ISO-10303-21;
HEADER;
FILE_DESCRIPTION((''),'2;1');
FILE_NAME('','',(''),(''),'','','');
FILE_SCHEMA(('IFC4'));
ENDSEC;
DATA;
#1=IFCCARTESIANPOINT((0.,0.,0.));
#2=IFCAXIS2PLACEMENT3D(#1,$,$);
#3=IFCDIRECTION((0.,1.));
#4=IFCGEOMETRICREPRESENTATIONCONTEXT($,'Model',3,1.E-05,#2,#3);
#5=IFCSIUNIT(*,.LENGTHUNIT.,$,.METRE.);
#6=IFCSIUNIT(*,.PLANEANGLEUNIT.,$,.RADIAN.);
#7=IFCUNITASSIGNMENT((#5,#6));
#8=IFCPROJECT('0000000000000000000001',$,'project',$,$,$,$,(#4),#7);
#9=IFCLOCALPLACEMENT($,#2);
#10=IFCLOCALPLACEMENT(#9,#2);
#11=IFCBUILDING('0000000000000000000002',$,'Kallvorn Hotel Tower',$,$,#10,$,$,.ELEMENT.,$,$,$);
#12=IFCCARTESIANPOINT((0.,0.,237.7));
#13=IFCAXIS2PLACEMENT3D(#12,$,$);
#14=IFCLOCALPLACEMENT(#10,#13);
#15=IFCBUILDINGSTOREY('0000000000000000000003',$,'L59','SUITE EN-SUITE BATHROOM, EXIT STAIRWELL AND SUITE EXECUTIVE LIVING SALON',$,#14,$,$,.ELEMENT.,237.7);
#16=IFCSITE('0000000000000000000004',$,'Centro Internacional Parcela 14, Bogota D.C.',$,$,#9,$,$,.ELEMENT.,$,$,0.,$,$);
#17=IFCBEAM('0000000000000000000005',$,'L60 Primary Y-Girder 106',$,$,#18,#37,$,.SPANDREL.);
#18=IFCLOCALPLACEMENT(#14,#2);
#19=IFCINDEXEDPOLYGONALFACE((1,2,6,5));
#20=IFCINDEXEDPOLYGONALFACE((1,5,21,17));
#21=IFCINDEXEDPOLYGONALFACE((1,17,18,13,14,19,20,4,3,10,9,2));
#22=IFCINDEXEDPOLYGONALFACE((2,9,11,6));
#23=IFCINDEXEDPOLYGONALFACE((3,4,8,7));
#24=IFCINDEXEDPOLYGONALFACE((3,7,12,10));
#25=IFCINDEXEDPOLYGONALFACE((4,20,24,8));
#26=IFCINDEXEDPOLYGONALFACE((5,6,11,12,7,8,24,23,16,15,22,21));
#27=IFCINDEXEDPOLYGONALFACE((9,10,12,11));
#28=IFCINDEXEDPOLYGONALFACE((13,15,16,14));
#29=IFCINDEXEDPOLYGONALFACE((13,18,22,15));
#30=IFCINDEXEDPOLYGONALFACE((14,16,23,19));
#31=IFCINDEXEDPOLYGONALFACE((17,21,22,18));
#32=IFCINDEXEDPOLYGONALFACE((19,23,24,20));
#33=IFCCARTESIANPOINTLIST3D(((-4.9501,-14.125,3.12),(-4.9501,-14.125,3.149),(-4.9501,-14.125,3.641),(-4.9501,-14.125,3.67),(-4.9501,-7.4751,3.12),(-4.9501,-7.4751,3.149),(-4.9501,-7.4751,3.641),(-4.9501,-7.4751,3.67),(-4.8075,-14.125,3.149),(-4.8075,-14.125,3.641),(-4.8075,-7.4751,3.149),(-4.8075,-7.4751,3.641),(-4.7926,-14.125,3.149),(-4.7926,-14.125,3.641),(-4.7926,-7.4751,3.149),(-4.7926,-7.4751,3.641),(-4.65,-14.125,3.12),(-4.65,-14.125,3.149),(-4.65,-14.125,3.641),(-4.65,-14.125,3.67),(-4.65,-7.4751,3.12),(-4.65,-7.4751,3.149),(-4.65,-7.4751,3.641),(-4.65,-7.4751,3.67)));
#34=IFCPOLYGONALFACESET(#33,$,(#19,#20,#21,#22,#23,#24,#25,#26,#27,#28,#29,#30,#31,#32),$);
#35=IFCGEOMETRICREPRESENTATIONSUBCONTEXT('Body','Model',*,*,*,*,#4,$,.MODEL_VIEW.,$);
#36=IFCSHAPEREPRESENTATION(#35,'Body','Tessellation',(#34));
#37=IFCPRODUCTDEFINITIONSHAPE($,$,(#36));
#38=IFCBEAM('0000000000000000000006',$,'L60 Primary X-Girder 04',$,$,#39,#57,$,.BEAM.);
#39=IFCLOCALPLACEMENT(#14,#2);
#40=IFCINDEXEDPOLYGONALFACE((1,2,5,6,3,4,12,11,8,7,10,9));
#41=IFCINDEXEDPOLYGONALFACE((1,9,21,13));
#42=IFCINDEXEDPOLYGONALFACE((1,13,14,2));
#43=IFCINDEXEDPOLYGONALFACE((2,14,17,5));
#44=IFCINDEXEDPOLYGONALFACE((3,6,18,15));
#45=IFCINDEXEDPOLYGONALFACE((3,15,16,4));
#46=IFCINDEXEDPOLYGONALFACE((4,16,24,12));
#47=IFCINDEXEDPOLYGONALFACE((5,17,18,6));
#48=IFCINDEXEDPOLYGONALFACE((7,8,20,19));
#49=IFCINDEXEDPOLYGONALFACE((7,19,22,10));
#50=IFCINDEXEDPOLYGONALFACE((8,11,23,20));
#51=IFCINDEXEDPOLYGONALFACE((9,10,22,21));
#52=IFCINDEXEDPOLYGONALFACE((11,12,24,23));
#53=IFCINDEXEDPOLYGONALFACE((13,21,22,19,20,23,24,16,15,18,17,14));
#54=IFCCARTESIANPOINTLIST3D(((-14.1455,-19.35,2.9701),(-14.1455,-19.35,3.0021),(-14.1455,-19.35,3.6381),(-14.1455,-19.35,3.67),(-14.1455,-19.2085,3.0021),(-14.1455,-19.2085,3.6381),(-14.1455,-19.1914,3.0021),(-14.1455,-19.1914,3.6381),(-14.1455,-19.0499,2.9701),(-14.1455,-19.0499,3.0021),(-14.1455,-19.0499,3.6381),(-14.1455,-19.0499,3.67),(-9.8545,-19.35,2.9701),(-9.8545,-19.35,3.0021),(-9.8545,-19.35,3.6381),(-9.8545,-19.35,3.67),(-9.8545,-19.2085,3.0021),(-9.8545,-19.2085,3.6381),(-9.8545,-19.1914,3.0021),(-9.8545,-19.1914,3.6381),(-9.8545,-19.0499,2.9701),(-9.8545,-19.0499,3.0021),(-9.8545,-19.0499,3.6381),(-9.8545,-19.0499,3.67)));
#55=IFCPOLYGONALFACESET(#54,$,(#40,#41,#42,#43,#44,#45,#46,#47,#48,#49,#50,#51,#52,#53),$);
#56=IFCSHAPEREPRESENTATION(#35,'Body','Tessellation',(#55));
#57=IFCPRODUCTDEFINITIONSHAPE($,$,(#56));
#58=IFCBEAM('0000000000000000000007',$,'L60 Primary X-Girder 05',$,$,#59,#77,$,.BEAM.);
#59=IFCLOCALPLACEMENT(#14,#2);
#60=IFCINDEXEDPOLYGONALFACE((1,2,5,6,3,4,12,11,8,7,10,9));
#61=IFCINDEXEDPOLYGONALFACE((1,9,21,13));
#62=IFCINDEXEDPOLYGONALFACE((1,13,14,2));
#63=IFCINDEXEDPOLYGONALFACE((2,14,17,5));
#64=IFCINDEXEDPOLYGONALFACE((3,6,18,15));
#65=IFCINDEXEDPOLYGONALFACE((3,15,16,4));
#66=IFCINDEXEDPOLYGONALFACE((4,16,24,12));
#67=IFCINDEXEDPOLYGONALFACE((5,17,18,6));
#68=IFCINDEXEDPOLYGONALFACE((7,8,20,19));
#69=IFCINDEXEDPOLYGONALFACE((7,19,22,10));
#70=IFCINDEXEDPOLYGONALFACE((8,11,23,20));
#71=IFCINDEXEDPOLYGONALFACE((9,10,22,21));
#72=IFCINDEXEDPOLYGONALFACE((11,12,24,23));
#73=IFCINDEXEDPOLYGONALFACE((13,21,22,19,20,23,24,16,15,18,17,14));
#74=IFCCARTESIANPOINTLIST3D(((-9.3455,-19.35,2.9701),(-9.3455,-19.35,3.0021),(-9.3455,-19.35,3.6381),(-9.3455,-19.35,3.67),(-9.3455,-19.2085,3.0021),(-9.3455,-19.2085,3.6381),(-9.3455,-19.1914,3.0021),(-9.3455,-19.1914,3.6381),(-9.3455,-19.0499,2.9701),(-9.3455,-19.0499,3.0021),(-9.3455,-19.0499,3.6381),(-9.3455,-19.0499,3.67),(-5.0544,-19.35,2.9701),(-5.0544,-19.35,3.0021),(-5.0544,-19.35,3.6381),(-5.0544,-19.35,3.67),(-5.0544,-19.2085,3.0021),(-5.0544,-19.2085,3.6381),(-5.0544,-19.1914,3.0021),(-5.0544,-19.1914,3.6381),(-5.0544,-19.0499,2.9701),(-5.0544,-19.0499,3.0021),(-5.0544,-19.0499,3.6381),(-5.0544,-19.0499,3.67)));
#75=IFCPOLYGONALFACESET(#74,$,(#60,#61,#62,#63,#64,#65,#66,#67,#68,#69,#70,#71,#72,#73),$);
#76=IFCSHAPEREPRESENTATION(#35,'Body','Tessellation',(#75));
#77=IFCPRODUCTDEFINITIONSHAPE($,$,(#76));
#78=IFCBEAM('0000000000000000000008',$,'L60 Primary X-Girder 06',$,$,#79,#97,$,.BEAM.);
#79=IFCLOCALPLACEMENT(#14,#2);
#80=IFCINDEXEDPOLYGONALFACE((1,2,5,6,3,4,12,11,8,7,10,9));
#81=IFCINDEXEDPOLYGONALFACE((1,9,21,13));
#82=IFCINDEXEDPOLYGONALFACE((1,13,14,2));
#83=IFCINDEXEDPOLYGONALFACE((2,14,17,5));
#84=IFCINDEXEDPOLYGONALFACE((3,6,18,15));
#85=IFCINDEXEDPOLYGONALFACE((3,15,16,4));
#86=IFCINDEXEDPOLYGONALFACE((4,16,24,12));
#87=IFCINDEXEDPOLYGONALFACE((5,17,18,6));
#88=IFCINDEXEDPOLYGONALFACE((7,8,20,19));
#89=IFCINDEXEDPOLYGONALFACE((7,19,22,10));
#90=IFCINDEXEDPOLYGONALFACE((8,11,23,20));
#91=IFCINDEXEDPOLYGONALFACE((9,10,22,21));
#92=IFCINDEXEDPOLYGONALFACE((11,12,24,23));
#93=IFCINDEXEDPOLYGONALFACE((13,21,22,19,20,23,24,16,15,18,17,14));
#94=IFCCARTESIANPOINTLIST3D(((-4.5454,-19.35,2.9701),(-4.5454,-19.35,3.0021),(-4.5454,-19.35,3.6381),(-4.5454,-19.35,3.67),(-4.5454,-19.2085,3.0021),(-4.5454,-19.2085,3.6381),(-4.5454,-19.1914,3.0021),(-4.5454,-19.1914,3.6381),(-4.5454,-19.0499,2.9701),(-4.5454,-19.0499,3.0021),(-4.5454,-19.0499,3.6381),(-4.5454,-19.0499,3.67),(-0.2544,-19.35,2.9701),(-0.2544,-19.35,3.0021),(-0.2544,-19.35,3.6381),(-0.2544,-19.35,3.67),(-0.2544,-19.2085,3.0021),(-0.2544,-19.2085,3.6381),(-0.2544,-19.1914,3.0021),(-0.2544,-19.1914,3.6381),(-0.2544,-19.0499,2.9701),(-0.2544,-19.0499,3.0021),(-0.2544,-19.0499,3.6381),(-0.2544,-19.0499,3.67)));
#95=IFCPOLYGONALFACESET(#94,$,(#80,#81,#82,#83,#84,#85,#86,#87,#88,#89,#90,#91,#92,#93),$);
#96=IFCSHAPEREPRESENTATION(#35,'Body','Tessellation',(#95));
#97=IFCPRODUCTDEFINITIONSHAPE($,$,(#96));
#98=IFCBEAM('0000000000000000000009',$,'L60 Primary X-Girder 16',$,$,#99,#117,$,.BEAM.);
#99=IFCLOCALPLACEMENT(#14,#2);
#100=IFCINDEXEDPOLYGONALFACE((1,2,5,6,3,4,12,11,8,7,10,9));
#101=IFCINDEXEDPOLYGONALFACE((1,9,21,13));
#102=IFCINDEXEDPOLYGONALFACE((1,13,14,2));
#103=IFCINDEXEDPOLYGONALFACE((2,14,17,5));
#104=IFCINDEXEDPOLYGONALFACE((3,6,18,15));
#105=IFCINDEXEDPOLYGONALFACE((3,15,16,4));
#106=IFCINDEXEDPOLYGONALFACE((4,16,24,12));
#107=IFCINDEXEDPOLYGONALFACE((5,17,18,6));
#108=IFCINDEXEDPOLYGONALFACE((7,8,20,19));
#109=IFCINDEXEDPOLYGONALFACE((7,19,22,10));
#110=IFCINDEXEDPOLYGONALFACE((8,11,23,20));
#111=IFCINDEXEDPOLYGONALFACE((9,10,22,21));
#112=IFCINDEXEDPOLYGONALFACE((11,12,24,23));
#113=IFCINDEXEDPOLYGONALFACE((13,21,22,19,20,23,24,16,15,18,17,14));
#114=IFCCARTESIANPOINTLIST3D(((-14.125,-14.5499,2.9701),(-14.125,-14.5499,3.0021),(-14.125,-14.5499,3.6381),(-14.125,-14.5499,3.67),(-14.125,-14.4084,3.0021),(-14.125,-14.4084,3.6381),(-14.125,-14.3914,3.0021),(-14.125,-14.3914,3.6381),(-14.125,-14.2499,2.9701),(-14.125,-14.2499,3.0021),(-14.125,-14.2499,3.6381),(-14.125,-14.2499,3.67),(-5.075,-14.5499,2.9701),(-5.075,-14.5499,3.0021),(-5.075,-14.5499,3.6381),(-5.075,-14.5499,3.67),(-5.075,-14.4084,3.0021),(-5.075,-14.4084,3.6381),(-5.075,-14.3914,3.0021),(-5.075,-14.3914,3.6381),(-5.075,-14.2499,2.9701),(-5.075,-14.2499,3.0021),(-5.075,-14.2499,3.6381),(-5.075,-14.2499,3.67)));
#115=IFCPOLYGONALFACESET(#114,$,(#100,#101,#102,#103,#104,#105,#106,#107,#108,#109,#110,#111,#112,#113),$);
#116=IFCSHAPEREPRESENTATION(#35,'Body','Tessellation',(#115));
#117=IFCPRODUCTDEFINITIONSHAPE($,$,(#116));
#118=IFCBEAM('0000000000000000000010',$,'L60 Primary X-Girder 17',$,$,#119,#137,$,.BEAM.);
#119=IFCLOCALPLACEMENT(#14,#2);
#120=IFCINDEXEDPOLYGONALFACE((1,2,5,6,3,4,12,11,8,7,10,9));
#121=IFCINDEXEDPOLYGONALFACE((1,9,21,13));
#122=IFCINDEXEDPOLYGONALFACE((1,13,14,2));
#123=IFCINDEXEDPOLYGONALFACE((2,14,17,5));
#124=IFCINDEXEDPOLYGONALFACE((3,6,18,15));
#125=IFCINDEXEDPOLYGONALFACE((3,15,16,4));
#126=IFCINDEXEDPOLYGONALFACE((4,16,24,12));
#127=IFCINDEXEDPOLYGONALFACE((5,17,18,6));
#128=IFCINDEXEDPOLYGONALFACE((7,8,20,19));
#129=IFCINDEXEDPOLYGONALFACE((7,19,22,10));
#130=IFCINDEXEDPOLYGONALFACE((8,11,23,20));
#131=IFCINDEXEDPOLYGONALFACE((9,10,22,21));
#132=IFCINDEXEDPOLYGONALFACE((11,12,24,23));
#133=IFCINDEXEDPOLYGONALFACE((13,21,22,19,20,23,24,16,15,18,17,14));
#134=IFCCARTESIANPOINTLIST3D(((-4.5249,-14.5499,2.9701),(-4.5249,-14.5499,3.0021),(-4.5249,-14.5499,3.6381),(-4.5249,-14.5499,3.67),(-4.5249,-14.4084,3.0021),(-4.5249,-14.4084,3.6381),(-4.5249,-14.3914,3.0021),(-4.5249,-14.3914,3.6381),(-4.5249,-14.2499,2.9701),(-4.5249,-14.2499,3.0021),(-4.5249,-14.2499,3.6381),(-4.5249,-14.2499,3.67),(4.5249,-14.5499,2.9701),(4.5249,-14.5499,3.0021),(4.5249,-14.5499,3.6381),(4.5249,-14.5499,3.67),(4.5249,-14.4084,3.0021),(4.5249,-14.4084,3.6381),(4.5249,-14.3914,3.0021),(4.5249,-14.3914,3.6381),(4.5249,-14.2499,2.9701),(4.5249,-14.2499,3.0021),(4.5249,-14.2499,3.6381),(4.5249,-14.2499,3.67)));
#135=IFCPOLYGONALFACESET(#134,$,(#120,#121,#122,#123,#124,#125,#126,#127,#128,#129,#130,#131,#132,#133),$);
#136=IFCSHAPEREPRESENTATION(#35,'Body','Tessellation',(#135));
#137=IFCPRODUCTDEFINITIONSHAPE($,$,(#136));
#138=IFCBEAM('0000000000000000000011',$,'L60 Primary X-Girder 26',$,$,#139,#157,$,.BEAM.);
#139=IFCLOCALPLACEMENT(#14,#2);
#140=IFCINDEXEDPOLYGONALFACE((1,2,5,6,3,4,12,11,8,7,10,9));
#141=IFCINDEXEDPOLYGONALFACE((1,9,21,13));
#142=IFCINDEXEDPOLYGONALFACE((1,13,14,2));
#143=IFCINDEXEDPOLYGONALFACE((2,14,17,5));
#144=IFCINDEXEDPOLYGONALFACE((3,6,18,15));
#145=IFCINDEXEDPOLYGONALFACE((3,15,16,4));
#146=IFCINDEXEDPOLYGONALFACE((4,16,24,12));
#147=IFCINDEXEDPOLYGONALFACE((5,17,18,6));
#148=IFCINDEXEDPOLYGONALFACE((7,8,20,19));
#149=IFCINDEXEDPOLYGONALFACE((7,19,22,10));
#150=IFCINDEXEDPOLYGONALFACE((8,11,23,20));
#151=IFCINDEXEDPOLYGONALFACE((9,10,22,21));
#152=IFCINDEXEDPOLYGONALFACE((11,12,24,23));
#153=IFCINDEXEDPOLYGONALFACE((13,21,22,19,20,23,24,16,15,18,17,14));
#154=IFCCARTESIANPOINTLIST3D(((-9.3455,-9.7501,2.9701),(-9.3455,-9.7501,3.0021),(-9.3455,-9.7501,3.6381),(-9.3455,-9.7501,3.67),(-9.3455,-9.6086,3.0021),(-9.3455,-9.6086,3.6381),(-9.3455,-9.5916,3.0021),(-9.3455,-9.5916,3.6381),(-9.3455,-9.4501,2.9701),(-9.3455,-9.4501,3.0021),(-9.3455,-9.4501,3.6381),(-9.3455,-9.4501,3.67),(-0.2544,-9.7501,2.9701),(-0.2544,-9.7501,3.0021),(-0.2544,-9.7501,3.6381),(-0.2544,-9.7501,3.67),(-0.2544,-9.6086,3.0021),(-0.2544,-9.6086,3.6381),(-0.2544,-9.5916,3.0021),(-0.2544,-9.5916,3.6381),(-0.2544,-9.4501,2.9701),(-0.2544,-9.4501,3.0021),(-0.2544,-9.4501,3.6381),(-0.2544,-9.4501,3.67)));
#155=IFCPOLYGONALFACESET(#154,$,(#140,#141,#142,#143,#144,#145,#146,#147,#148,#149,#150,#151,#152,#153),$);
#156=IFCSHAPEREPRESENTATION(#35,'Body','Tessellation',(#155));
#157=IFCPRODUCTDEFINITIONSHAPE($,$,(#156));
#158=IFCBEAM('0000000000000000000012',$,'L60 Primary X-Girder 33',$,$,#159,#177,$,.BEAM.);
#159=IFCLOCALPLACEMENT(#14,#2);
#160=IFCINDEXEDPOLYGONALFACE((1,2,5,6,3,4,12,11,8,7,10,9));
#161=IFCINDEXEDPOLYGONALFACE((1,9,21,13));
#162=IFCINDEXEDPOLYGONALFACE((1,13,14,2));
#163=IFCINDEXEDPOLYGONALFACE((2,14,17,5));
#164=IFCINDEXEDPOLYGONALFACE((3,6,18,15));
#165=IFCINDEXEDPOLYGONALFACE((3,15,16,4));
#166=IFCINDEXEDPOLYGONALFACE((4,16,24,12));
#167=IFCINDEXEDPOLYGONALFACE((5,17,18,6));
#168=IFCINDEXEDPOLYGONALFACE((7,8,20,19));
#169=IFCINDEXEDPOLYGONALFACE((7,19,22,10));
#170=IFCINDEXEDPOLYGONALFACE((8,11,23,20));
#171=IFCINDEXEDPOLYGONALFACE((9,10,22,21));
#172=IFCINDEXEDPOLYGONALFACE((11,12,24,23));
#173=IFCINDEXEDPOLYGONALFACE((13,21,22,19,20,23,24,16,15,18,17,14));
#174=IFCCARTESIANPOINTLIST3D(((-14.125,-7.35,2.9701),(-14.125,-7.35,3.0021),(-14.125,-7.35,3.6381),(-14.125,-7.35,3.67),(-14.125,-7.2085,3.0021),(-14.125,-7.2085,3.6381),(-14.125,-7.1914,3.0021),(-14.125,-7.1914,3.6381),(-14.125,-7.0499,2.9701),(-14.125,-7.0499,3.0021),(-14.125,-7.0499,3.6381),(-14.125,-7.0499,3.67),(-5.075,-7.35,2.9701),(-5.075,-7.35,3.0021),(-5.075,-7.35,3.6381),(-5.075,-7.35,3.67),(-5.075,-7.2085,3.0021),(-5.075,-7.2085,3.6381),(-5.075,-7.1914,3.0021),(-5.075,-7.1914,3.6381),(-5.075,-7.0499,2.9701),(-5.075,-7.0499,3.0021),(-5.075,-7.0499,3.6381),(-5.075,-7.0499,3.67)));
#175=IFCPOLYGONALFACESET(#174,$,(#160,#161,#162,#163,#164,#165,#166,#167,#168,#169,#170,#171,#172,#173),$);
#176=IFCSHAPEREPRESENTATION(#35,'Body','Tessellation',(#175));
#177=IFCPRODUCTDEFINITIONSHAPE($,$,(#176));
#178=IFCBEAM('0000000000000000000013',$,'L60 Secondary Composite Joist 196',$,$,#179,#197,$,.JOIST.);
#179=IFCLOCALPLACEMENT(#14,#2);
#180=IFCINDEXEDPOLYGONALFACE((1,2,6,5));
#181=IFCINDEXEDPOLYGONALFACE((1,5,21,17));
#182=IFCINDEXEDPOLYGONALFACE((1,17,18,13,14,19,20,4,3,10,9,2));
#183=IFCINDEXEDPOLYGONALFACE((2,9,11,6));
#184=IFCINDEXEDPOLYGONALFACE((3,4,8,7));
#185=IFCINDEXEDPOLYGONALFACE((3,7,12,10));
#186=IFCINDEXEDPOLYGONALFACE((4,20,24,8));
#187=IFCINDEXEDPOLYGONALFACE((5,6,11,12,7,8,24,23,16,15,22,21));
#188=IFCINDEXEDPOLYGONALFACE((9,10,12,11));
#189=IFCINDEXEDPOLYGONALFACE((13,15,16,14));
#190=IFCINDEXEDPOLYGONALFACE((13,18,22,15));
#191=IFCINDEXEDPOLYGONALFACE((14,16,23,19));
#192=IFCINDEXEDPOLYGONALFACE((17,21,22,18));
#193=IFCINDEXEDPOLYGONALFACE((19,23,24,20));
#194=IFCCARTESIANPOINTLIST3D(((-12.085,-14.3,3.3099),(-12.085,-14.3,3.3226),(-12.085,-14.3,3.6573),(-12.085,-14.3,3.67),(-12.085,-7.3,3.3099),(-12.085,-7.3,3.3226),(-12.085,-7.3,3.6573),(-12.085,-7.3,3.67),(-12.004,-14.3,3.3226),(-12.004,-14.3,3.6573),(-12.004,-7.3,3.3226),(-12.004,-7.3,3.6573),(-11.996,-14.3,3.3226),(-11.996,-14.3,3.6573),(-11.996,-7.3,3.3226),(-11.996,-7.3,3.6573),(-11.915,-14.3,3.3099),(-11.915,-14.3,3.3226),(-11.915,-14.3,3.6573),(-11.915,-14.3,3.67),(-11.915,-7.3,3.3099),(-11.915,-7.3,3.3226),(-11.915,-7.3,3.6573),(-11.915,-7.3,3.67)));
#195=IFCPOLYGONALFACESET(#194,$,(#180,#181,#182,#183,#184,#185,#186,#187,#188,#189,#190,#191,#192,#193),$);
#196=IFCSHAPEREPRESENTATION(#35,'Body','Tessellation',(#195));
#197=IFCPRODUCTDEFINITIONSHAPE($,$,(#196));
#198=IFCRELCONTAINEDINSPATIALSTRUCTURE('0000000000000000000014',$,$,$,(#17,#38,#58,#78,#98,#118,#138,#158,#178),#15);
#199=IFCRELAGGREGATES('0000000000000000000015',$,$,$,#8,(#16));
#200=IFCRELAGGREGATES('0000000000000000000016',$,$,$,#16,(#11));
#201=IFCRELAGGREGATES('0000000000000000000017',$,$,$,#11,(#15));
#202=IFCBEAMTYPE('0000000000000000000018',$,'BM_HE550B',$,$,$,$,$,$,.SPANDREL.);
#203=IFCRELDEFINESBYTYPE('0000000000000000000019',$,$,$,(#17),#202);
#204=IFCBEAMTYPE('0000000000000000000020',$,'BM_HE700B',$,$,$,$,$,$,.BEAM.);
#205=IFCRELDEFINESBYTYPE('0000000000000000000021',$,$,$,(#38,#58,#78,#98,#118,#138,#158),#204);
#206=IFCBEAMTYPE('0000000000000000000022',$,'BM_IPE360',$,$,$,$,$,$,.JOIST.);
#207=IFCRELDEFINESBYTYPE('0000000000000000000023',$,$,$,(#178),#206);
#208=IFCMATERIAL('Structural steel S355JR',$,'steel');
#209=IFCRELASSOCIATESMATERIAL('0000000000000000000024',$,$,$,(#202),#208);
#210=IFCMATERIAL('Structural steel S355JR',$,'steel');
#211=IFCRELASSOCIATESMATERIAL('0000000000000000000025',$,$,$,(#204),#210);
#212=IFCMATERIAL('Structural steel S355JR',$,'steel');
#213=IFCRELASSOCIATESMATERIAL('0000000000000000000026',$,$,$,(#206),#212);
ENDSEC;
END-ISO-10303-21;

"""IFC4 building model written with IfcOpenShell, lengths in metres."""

from ifc_helpers import new_model, si_unit, direction, frame, origin, origin_2d, place, context, subcontext, project, spatial, i_section, extrude, material, material_profile, profile_set, type_object, element, save


model = new_model("IFC4")

# Units and contexts
model_context = context("Model", 3, precision=1e-05, world=origin(), true_north=direction((0.0, 1.0)))
body_context = subcontext(model_context, "Body", "Model", "MODEL_VIEW")
ifc_project = project(units=[si_unit("LENGTHUNIT", "METRE"), si_unit("PLANEANGLEUNIT", "RADIAN")], contexts=[model_context])

# Site, building, storey
site_placement = place(None, origin())
site = spatial("IfcSite", under=ifc_project, at=site_placement, Name="Centro Internacional Parcela 14, Bogota D.C.", CompositionType="ELEMENT", RefElevation=0.0)
building_placement = place(site_placement, origin())
building = spatial("IfcBuilding", under=site, at=building_placement, Name="Kallvorn Hotel Tower", CompositionType="ELEMENT")
storey_placement = place(building_placement, frame((0.0, 0.0, 237.7)))
storey = spatial("IfcBuildingStorey", under=building, at=storey_placement, Name="L59", Description="SUITE EN-SUITE BATHROOM, EXIT STAIRWELL AND SUITE EXECUTIVE LIVING SALON", CompositionType="ELEMENT", Elevation=237.7)

# Beams
ifc_material_1 = material(Name="Structural steel S355JR", Category="steel")
ifc_material_profile_1 = material_profile(ifc_material_1, i_section(OverallWidth=0.3, OverallDepth=0.55, WebThickness=0.0149, FlangeThickness=0.0291, at=origin_2d()), Name="HE 550 B")
ifc_profile_set_1 = profile_set([ifc_material_profile_1], Name="Structural steel S355JR")
beam_type_1 = type_object("IfcBeamType", Name="BM_HE550B", PredefinedType="SPANDREL", material=ifc_profile_set_1)
beam_1_placement = place(storey_placement, frame((-4.8, -14.125, 3.395), z_axis=(0.0, 1.0, 0.0), x_axis=(-1.0, 0.0, 0.0)))
element("IfcBeam", 1, at=beam_1_placement, inside=storey, type_object=beam_type_1, Name="L60 Primary Y-Girder 106", PredefinedType="SPANDREL", context=body_context, shape_type="SweptSolid", body=[
    extrude(i_section(OverallWidth=0.3, OverallDepth=0.55, WebThickness=0.0149, FlangeThickness=0.0291, at=origin_2d()), origin(), (0.0, 0.0, 1.0), 6.6499),
])
ifc_material_2 = material(Name="Structural steel S355JR", Category="steel")
ifc_material_profile_2 = material_profile(ifc_material_2, i_section(OverallWidth=0.3, OverallDepth=0.7, WebThickness=0.0171, FlangeThickness=0.032, at=origin_2d()), Name="HE 700 B")
ifc_profile_set_2 = profile_set([ifc_material_profile_2], Name="Structural steel S355JR")
beam_type_2 = type_object("IfcBeamType", Name="BM_HE700B", PredefinedType="BEAM", material=ifc_profile_set_2)
for number, where, z_axis, x_axis, name in (
    (2, (-14.1455, -19.2, 3.3201), (1.0, 0.0, 0.0), (0.0, 1.0, 0.0), "L60 Primary X-Girder 04"),
    (3, (-9.3455, -19.2, 3.3201), (1.0, 0.0, 0.0), (0.0, 1.0, 0.0), "L60 Primary X-Girder 05"),
    (4, (-4.5454, -19.2, 3.3201), (1.0, 0.0, 0.0), (0.0, 1.0, 0.0), "L60 Primary X-Girder 06"),
):
    element("IfcBeam", number, at=place(storey_placement, frame(where, z_axis=z_axis, x_axis=x_axis)), inside=storey, type_object=beam_type_2, Name=name, PredefinedType="BEAM", context=body_context, shape_type="SweptSolid", body=[
        extrude(i_section(OverallWidth=0.3, OverallDepth=0.7, WebThickness=0.0171, FlangeThickness=0.032, at=origin_2d()), origin(), (0.0, 0.0, 1.0), 4.291),
    ])
beam_2_placement = place(storey_placement, frame((-14.125, -14.3999, 3.3201), z_axis=(1.0, 0.0, 0.0), x_axis=(0.0, 1.0, 0.0)))
element("IfcBeam", 5, at=beam_2_placement, inside=storey, type_object=beam_type_2, Name="L60 Primary X-Girder 16", PredefinedType="BEAM", context=body_context, shape_type="SweptSolid", body=[
    extrude(i_section(OverallWidth=0.3, OverallDepth=0.7, WebThickness=0.0171, FlangeThickness=0.032, at=origin_2d()), origin(), (0.0, 0.0, 1.0), 9.05),
])
beam_3_placement = place(storey_placement, frame((-4.5249, -14.3999, 3.3201), z_axis=(1.0, 0.0, 0.0), x_axis=(0.0, 1.0, 0.0)))
element("IfcBeam", 6, at=beam_3_placement, inside=storey, type_object=beam_type_2, Name="L60 Primary X-Girder 17", PredefinedType="BEAM", context=body_context, shape_type="SweptSolid", body=[
    extrude(i_section(OverallWidth=0.3, OverallDepth=0.7, WebThickness=0.0171, FlangeThickness=0.032, at=origin_2d()), origin(), (0.0, 0.0, 1.0), 9.0498),
])
beam_4_placement = place(storey_placement, frame((-9.3455, -9.6001, 3.3201), z_axis=(1.0, 0.0, 0.0), x_axis=(0.0, 1.0, 0.0)))
element("IfcBeam", 7, at=beam_4_placement, inside=storey, type_object=beam_type_2, Name="L60 Primary X-Girder 26", PredefinedType="BEAM", context=body_context, shape_type="SweptSolid", body=[
    extrude(i_section(OverallWidth=0.3, OverallDepth=0.7, WebThickness=0.0171, FlangeThickness=0.032, at=origin_2d()), origin(), (0.0, 0.0, 1.0), 9.0911),
])
beam_5_placement = place(storey_placement, frame((-14.125, -7.2, 3.3201), z_axis=(1.0, 0.0, 0.0), x_axis=(0.0, 1.0, 0.0)))
element("IfcBeam", 8, at=beam_5_placement, inside=storey, type_object=beam_type_2, Name="L60 Primary X-Girder 33", PredefinedType="BEAM", context=body_context, shape_type="SweptSolid", body=[
    extrude(i_section(OverallWidth=0.3, OverallDepth=0.7, WebThickness=0.0171, FlangeThickness=0.032, at=origin_2d()), origin(), (0.0, 0.0, 1.0), 9.05),
])
ifc_material_3 = material(Name="Structural steel S355JR", Category="steel")
ifc_material_profile_3 = material_profile(ifc_material_3, i_section(OverallWidth=0.1699, OverallDepth=0.3601, WebThickness=0.0081, FlangeThickness=0.0127, at=origin_2d()), Name="IPE 360")
ifc_profile_set_3 = profile_set([ifc_material_profile_3], Name="Structural steel S355JR")
beam_type_3 = type_object("IfcBeamType", Name="BM_IPE360", PredefinedType="JOIST", material=ifc_profile_set_3)
for number, where, z_axis, x_axis, name in (
    (9, (-12.0, -14.3, 3.49), (0.0, 1.0, 0.0), (-1.0, 0.0, 0.0), "L60 Secondary Composite Joist 196"),
):
    element("IfcBeam", number, at=place(storey_placement, frame(where, z_axis=z_axis, x_axis=x_axis)), inside=storey, type_object=beam_type_3, Name=name, PredefinedType="JOIST", context=body_context, shape_type="SweptSolid", body=[
        extrude(i_section(OverallWidth=0.1699, OverallDepth=0.3601, WebThickness=0.0081, FlangeThickness=0.0127, at=origin_2d()), origin(), (0.0, 0.0, 1.0), 7.0),
    ])

save(model, "model.ifc")
